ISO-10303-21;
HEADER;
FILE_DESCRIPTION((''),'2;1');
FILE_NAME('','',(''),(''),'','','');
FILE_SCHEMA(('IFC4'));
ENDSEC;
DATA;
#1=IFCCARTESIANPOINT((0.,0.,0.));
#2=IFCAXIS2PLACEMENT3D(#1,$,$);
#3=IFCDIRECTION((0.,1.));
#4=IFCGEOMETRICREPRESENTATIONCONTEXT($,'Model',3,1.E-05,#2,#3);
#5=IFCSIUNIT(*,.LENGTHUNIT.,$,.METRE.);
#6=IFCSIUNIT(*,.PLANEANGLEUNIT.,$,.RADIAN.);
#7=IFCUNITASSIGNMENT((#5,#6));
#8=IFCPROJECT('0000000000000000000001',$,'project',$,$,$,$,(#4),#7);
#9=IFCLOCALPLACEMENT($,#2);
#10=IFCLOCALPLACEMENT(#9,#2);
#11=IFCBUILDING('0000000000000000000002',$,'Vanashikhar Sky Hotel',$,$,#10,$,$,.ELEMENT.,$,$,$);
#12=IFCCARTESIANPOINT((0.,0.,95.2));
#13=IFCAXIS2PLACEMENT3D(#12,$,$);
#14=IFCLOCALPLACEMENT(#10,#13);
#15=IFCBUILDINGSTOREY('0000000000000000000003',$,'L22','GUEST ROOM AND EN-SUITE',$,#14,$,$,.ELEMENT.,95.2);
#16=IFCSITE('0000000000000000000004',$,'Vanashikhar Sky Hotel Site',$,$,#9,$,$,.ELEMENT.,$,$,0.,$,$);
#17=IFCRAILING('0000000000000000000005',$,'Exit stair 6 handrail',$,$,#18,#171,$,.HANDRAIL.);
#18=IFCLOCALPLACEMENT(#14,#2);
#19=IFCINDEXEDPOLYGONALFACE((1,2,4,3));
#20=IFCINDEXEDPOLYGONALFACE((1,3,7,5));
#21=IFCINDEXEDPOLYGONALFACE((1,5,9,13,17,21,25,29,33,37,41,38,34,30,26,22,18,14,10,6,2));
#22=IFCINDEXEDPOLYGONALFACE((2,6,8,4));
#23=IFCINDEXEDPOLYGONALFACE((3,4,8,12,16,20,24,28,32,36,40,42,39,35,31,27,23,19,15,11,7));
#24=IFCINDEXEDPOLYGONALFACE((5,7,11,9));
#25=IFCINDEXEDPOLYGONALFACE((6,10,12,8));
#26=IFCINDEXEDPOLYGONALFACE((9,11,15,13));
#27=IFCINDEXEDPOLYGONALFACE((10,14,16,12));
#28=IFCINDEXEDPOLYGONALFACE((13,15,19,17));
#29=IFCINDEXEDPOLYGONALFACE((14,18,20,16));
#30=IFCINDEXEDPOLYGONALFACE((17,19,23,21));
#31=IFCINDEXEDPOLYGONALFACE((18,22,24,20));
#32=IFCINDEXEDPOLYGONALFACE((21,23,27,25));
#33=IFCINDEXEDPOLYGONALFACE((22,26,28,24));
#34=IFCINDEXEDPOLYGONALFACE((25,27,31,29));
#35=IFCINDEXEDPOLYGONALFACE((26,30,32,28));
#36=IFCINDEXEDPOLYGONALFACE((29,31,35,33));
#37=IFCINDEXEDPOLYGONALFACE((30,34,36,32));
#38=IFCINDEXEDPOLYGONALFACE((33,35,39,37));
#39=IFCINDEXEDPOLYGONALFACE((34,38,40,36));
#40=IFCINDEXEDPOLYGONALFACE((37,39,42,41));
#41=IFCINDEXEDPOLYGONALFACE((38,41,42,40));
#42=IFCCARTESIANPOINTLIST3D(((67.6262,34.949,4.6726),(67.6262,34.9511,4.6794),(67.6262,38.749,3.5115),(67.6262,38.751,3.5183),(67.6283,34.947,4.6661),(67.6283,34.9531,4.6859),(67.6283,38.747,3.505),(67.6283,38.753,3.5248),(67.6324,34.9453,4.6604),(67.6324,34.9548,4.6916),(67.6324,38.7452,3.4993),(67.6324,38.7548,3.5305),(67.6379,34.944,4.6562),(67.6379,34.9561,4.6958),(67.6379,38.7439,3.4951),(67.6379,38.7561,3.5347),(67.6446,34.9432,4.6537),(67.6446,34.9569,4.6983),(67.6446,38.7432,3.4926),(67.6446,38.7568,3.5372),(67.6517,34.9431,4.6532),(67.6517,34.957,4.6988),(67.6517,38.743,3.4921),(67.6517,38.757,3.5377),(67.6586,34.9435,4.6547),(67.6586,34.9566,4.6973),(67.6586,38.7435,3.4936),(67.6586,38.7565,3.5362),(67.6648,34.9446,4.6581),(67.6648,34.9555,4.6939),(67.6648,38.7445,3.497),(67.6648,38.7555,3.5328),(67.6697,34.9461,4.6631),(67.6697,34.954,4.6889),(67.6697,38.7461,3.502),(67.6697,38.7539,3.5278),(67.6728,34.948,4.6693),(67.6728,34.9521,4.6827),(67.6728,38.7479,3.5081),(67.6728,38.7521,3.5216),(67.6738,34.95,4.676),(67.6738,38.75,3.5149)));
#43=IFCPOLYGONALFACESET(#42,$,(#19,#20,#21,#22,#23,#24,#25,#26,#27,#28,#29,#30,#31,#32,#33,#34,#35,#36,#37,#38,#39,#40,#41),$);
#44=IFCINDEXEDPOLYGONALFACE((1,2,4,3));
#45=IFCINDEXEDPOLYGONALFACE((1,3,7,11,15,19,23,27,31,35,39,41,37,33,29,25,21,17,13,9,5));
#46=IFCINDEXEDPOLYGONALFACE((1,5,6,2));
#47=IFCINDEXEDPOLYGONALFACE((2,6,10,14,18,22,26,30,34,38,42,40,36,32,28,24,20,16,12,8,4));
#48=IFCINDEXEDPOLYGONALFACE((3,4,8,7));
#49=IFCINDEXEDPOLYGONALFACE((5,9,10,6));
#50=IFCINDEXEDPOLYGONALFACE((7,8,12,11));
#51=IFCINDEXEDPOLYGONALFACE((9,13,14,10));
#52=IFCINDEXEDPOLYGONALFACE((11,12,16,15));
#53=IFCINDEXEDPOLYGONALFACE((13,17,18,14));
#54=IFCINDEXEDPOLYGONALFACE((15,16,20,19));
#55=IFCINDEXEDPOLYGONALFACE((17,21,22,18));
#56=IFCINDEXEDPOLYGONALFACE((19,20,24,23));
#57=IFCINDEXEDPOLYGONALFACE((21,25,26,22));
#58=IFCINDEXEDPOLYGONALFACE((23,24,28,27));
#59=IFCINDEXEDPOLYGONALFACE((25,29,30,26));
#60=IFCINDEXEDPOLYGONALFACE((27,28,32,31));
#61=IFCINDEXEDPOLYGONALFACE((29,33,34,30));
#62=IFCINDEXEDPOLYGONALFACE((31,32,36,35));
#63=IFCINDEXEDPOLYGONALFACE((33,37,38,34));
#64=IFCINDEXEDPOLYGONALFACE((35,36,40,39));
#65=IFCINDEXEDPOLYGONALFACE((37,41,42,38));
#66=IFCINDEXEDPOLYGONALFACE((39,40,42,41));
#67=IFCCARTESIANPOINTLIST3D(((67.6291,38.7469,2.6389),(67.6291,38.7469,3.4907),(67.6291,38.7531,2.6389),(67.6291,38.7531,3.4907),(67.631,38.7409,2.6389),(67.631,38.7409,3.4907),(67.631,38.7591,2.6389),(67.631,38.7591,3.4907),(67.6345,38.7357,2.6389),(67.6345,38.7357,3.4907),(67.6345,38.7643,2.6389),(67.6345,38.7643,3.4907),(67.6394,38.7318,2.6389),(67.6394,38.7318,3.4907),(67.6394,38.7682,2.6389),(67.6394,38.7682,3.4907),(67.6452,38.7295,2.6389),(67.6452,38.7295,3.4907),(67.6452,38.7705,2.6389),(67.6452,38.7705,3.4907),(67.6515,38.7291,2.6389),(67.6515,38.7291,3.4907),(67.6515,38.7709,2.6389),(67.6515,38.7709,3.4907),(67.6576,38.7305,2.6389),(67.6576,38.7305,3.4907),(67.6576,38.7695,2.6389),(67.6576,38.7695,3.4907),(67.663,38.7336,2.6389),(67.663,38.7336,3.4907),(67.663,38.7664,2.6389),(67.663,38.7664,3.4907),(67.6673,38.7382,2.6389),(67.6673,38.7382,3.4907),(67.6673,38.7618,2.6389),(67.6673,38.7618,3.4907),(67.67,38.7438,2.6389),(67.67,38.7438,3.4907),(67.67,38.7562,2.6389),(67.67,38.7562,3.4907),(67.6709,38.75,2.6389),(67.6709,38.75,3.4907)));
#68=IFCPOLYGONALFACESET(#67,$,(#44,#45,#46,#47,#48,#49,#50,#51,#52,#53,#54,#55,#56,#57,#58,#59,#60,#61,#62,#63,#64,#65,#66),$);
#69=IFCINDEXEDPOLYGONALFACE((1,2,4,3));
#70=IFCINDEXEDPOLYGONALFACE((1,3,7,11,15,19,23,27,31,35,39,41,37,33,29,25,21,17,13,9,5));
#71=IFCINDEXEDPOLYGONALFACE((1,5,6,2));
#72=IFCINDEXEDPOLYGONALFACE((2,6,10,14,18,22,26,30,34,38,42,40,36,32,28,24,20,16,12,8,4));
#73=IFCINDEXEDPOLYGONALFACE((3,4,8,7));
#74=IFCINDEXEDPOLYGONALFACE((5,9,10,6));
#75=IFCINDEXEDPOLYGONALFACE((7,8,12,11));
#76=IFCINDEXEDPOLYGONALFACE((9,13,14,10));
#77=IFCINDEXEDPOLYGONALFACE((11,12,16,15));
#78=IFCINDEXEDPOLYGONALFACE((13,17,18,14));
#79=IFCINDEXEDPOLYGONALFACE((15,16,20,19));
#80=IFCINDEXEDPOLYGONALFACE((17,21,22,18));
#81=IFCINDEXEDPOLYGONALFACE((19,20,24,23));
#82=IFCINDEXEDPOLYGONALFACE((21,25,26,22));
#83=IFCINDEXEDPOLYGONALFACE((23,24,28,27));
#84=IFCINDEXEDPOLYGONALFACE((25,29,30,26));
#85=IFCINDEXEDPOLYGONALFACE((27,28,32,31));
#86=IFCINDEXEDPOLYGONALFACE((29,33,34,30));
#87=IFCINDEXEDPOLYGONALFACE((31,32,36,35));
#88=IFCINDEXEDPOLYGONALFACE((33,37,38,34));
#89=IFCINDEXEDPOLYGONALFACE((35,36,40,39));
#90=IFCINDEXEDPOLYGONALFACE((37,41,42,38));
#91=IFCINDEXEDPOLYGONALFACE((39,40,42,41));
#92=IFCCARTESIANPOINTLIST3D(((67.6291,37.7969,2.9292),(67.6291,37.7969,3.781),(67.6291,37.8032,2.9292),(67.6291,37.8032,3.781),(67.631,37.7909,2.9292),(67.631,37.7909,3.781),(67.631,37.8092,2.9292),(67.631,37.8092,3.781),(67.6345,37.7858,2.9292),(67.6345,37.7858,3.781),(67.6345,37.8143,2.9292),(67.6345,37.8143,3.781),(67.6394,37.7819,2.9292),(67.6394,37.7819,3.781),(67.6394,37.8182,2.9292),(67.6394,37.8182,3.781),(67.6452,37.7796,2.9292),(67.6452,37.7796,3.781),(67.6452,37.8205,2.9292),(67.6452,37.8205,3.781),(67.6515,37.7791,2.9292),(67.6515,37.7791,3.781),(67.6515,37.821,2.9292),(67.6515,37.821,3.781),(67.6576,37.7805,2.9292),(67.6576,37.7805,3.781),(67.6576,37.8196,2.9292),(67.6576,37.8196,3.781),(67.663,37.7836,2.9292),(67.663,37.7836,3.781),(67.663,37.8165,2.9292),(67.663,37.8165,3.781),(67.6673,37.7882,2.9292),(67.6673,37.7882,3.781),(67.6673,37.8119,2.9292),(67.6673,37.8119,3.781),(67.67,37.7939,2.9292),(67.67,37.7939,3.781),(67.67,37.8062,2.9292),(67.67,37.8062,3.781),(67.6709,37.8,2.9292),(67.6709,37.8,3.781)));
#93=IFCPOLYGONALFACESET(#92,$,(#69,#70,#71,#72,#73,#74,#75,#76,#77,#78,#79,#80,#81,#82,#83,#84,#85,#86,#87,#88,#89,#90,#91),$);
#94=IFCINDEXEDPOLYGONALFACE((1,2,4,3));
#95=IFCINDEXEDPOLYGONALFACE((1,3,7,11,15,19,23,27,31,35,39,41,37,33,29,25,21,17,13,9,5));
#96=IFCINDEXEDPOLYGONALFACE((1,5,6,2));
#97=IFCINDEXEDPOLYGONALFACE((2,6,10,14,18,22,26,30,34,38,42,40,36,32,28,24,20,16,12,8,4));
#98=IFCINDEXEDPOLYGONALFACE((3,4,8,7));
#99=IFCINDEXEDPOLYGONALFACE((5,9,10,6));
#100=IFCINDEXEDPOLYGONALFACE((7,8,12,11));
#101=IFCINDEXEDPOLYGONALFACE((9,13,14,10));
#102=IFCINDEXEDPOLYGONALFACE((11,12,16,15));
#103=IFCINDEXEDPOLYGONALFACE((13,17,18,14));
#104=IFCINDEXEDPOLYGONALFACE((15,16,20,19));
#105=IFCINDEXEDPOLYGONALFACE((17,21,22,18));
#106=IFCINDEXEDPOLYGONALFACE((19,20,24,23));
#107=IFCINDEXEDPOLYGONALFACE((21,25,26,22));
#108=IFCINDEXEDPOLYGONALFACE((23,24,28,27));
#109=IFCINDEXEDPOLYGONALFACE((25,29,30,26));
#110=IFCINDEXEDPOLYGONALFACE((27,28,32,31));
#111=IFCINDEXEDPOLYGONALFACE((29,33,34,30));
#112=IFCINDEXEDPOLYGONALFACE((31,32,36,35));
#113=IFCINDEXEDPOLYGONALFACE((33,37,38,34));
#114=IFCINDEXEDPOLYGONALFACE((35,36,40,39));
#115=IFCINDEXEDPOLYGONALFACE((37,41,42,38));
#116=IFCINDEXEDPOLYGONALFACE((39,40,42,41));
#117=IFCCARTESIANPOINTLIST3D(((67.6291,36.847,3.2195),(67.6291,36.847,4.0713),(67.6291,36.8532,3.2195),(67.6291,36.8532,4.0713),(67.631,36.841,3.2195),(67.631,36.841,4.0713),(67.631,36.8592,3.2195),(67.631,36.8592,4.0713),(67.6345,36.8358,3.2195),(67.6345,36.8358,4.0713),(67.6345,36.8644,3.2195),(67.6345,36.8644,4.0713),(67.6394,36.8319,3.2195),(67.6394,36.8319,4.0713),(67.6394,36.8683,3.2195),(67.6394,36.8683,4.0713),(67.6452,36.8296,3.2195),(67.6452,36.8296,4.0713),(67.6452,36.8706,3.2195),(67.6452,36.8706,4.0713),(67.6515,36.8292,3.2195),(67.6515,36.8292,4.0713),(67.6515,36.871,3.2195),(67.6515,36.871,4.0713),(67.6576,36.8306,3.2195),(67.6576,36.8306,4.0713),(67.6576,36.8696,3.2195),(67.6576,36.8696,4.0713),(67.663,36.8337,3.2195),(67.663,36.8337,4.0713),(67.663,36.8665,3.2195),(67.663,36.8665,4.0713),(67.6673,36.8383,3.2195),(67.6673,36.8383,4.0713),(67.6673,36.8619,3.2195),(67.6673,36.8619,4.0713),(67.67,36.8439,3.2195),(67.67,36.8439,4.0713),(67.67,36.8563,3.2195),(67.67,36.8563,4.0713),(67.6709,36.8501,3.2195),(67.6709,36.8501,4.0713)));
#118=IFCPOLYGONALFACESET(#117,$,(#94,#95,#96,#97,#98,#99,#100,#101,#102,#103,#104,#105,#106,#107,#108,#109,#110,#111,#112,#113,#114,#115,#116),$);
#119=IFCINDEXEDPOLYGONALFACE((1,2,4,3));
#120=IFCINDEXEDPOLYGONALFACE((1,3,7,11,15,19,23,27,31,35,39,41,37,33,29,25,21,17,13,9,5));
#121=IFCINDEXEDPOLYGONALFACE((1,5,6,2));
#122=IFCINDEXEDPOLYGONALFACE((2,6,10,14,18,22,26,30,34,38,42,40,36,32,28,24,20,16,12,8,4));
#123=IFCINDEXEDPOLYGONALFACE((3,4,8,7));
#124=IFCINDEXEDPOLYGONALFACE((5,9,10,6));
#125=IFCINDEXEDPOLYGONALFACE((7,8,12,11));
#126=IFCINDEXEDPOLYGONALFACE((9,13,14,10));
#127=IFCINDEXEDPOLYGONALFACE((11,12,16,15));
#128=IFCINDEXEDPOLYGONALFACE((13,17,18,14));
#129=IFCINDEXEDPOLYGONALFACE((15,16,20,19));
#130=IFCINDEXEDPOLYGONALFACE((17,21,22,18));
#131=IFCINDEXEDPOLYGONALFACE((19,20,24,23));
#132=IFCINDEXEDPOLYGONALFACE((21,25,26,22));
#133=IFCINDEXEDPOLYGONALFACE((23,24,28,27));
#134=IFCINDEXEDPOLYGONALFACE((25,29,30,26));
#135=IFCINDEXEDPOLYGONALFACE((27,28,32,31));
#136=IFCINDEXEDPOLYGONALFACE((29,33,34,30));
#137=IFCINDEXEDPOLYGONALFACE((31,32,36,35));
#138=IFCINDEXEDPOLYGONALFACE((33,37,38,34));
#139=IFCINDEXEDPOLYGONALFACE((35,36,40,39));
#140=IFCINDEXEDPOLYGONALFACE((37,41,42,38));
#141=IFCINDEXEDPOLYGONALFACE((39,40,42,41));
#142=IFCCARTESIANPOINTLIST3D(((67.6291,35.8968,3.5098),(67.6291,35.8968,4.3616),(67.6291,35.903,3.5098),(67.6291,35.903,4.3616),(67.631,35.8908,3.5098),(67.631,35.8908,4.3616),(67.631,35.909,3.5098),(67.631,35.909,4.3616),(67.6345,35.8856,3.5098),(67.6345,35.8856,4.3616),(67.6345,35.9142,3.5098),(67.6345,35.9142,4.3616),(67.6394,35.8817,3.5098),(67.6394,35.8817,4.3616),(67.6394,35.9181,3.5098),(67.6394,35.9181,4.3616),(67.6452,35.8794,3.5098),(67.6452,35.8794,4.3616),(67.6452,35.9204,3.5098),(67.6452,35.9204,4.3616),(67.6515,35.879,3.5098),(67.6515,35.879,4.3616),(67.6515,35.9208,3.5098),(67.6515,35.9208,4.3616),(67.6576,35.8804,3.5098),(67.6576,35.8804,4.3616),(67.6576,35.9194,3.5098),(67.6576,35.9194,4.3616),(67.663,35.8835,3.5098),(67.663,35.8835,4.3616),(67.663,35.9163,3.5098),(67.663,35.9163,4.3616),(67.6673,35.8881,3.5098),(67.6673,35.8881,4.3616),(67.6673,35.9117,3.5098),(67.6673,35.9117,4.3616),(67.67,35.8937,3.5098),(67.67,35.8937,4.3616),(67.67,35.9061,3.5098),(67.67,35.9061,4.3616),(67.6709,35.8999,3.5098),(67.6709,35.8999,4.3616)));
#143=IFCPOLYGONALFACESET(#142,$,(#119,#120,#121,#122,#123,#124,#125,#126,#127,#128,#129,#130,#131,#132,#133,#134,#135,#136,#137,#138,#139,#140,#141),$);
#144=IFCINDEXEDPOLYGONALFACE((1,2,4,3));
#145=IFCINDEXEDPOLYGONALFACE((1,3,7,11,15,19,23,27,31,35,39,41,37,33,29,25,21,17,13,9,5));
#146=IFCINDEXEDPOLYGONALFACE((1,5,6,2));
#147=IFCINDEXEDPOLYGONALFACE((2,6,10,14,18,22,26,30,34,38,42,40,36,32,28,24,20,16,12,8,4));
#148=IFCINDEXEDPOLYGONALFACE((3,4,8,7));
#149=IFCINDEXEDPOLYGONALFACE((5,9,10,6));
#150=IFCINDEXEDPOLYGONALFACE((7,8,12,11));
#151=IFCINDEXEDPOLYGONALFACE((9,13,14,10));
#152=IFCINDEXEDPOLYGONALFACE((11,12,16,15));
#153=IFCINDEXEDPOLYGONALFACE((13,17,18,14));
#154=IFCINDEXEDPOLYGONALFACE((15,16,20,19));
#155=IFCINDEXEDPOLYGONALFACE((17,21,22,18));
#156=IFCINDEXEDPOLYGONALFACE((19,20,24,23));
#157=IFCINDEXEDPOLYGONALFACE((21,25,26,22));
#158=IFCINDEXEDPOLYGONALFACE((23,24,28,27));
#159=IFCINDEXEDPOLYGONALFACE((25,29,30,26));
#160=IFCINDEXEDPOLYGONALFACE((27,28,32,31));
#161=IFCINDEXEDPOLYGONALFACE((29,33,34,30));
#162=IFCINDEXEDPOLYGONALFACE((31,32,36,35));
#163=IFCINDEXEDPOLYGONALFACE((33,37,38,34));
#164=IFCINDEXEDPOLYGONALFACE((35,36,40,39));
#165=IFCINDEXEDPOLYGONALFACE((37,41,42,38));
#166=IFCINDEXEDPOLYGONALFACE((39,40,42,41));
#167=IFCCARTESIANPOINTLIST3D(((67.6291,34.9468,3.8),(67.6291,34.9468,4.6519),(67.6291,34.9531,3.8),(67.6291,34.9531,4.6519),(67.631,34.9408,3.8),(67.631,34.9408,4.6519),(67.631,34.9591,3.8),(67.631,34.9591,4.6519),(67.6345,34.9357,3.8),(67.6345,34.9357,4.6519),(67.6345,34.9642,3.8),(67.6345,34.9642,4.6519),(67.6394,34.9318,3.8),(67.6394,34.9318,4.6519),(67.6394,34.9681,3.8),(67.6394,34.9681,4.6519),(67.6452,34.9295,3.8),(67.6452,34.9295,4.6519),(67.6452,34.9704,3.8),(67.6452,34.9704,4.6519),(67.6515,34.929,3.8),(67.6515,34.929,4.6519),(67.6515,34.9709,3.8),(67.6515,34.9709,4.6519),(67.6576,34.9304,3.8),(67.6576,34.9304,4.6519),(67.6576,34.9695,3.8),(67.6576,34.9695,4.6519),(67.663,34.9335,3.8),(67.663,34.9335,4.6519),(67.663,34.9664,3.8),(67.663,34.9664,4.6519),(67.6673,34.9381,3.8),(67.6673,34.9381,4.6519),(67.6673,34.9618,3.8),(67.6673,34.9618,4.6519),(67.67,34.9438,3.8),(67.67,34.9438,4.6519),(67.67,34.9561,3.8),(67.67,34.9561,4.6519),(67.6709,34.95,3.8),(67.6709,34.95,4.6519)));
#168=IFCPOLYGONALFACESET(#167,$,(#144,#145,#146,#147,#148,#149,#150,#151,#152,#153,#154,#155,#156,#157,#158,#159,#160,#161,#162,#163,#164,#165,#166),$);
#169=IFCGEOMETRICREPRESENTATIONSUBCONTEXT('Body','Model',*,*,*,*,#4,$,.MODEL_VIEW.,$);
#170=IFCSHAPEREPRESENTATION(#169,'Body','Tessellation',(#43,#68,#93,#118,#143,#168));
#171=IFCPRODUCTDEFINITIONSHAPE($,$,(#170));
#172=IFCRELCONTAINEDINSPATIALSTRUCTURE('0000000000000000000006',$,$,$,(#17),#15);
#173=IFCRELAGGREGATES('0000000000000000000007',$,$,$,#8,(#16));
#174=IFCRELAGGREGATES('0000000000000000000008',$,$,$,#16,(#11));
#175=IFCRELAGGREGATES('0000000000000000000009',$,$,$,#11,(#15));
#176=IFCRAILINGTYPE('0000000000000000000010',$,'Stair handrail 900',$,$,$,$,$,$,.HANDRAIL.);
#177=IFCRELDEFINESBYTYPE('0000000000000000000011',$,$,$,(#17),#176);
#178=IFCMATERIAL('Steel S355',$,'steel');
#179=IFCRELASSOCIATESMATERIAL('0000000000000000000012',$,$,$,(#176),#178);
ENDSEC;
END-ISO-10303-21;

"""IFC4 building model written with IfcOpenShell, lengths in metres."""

from ifc_helpers import new_model, si_unit, direction, frame, origin, origin_2d, place, context, subcontext, project, spatial, circle, extrude, source, transform, mapped, material, type_object, element, save


model = new_model("IFC4")

# Units and contexts
model_context = context("Model", 3, precision=1e-05, world=origin(), true_north=direction((0.0, 1.0)))
body_context = subcontext(model_context, "Body", "Model", "MODEL_VIEW")
ifc_project = project(units=[si_unit("LENGTHUNIT", "METRE"), si_unit("PLANEANGLEUNIT", "RADIAN")], contexts=[model_context])

# Site, building, storey
site_placement = place(None, origin())
site = spatial("IfcSite", under=ifc_project, at=site_placement, Name="Vanashikhar Sky Hotel Site", CompositionType="ELEMENT", RefElevation=0.0)
building_placement = place(site_placement, origin())
building = spatial("IfcBuilding", under=site, at=building_placement, Name="Vanashikhar Sky Hotel", CompositionType="ELEMENT")
storey_placement = place(building_placement, frame((0.0, 0.0, 95.2)))
storey = spatial("IfcBuildingStorey", under=building, at=storey_placement, Name="L22", Description="GUEST ROOM AND EN-SUITE", CompositionType="ELEMENT", Elevation=95.2)

# Railing
ifc_material_1 = material(Name="Steel S355", Category="steel")
railing_type_1 = type_object("IfcRailingType", Name="Stair handrail 900", PredefinedType="HANDRAIL", material=ifc_material_1)
shared_shape_1 = source(origin(), body_context, "Body", "SweptSolid", [
    extrude(circle(Radius=0.0239, at=origin_2d()), frame((0.0, 0.0, 0.876), z_axis=(0.0, -0.956351, 0.29222), x_axis=(1.0, 0.0, 0.0)), (0.0, 0.0, 1.0), 3.9734),
    extrude(circle(Radius=0.021, at=origin_2d()), origin(), (0.0, 0.0, 1.0), 0.8518),
    extrude(circle(Radius=0.021, at=origin_2d()), frame((0.0, -0.95, 0.2903)), (0.0, 0.0, 1.0), 0.8518),
    extrude(circle(Radius=0.021, at=origin_2d()), frame((0.0, -1.8999, 0.5806)), (0.0, 0.0, 1.0), 0.8518),
    extrude(circle(Radius=0.021, at=origin_2d()), frame((0.0, -2.8501, 0.8708)), (0.0, 0.0, 1.0), 0.8518),
    extrude(circle(Radius=0.021, at=origin_2d()), frame((0.0, -3.8, 1.1611)), (0.0, 0.0, 1.0), 0.8518),
])
for number, where, name in (
    (1, (67.6499, 38.75, 2.6389), "Exit stair 6 handrail"),
):
    element("IfcRailing", number, at=place(storey_placement, frame(where)), inside=storey, type_object=railing_type_1, Name=name, PredefinedType="HANDRAIL", context=body_context, shape_type="MappedRepresentation", body=[
        mapped(shared_shape_1, transform((0.0, 0.0, 0.0), scale=1.0)),
    ])

save(model, "model.ifc")
